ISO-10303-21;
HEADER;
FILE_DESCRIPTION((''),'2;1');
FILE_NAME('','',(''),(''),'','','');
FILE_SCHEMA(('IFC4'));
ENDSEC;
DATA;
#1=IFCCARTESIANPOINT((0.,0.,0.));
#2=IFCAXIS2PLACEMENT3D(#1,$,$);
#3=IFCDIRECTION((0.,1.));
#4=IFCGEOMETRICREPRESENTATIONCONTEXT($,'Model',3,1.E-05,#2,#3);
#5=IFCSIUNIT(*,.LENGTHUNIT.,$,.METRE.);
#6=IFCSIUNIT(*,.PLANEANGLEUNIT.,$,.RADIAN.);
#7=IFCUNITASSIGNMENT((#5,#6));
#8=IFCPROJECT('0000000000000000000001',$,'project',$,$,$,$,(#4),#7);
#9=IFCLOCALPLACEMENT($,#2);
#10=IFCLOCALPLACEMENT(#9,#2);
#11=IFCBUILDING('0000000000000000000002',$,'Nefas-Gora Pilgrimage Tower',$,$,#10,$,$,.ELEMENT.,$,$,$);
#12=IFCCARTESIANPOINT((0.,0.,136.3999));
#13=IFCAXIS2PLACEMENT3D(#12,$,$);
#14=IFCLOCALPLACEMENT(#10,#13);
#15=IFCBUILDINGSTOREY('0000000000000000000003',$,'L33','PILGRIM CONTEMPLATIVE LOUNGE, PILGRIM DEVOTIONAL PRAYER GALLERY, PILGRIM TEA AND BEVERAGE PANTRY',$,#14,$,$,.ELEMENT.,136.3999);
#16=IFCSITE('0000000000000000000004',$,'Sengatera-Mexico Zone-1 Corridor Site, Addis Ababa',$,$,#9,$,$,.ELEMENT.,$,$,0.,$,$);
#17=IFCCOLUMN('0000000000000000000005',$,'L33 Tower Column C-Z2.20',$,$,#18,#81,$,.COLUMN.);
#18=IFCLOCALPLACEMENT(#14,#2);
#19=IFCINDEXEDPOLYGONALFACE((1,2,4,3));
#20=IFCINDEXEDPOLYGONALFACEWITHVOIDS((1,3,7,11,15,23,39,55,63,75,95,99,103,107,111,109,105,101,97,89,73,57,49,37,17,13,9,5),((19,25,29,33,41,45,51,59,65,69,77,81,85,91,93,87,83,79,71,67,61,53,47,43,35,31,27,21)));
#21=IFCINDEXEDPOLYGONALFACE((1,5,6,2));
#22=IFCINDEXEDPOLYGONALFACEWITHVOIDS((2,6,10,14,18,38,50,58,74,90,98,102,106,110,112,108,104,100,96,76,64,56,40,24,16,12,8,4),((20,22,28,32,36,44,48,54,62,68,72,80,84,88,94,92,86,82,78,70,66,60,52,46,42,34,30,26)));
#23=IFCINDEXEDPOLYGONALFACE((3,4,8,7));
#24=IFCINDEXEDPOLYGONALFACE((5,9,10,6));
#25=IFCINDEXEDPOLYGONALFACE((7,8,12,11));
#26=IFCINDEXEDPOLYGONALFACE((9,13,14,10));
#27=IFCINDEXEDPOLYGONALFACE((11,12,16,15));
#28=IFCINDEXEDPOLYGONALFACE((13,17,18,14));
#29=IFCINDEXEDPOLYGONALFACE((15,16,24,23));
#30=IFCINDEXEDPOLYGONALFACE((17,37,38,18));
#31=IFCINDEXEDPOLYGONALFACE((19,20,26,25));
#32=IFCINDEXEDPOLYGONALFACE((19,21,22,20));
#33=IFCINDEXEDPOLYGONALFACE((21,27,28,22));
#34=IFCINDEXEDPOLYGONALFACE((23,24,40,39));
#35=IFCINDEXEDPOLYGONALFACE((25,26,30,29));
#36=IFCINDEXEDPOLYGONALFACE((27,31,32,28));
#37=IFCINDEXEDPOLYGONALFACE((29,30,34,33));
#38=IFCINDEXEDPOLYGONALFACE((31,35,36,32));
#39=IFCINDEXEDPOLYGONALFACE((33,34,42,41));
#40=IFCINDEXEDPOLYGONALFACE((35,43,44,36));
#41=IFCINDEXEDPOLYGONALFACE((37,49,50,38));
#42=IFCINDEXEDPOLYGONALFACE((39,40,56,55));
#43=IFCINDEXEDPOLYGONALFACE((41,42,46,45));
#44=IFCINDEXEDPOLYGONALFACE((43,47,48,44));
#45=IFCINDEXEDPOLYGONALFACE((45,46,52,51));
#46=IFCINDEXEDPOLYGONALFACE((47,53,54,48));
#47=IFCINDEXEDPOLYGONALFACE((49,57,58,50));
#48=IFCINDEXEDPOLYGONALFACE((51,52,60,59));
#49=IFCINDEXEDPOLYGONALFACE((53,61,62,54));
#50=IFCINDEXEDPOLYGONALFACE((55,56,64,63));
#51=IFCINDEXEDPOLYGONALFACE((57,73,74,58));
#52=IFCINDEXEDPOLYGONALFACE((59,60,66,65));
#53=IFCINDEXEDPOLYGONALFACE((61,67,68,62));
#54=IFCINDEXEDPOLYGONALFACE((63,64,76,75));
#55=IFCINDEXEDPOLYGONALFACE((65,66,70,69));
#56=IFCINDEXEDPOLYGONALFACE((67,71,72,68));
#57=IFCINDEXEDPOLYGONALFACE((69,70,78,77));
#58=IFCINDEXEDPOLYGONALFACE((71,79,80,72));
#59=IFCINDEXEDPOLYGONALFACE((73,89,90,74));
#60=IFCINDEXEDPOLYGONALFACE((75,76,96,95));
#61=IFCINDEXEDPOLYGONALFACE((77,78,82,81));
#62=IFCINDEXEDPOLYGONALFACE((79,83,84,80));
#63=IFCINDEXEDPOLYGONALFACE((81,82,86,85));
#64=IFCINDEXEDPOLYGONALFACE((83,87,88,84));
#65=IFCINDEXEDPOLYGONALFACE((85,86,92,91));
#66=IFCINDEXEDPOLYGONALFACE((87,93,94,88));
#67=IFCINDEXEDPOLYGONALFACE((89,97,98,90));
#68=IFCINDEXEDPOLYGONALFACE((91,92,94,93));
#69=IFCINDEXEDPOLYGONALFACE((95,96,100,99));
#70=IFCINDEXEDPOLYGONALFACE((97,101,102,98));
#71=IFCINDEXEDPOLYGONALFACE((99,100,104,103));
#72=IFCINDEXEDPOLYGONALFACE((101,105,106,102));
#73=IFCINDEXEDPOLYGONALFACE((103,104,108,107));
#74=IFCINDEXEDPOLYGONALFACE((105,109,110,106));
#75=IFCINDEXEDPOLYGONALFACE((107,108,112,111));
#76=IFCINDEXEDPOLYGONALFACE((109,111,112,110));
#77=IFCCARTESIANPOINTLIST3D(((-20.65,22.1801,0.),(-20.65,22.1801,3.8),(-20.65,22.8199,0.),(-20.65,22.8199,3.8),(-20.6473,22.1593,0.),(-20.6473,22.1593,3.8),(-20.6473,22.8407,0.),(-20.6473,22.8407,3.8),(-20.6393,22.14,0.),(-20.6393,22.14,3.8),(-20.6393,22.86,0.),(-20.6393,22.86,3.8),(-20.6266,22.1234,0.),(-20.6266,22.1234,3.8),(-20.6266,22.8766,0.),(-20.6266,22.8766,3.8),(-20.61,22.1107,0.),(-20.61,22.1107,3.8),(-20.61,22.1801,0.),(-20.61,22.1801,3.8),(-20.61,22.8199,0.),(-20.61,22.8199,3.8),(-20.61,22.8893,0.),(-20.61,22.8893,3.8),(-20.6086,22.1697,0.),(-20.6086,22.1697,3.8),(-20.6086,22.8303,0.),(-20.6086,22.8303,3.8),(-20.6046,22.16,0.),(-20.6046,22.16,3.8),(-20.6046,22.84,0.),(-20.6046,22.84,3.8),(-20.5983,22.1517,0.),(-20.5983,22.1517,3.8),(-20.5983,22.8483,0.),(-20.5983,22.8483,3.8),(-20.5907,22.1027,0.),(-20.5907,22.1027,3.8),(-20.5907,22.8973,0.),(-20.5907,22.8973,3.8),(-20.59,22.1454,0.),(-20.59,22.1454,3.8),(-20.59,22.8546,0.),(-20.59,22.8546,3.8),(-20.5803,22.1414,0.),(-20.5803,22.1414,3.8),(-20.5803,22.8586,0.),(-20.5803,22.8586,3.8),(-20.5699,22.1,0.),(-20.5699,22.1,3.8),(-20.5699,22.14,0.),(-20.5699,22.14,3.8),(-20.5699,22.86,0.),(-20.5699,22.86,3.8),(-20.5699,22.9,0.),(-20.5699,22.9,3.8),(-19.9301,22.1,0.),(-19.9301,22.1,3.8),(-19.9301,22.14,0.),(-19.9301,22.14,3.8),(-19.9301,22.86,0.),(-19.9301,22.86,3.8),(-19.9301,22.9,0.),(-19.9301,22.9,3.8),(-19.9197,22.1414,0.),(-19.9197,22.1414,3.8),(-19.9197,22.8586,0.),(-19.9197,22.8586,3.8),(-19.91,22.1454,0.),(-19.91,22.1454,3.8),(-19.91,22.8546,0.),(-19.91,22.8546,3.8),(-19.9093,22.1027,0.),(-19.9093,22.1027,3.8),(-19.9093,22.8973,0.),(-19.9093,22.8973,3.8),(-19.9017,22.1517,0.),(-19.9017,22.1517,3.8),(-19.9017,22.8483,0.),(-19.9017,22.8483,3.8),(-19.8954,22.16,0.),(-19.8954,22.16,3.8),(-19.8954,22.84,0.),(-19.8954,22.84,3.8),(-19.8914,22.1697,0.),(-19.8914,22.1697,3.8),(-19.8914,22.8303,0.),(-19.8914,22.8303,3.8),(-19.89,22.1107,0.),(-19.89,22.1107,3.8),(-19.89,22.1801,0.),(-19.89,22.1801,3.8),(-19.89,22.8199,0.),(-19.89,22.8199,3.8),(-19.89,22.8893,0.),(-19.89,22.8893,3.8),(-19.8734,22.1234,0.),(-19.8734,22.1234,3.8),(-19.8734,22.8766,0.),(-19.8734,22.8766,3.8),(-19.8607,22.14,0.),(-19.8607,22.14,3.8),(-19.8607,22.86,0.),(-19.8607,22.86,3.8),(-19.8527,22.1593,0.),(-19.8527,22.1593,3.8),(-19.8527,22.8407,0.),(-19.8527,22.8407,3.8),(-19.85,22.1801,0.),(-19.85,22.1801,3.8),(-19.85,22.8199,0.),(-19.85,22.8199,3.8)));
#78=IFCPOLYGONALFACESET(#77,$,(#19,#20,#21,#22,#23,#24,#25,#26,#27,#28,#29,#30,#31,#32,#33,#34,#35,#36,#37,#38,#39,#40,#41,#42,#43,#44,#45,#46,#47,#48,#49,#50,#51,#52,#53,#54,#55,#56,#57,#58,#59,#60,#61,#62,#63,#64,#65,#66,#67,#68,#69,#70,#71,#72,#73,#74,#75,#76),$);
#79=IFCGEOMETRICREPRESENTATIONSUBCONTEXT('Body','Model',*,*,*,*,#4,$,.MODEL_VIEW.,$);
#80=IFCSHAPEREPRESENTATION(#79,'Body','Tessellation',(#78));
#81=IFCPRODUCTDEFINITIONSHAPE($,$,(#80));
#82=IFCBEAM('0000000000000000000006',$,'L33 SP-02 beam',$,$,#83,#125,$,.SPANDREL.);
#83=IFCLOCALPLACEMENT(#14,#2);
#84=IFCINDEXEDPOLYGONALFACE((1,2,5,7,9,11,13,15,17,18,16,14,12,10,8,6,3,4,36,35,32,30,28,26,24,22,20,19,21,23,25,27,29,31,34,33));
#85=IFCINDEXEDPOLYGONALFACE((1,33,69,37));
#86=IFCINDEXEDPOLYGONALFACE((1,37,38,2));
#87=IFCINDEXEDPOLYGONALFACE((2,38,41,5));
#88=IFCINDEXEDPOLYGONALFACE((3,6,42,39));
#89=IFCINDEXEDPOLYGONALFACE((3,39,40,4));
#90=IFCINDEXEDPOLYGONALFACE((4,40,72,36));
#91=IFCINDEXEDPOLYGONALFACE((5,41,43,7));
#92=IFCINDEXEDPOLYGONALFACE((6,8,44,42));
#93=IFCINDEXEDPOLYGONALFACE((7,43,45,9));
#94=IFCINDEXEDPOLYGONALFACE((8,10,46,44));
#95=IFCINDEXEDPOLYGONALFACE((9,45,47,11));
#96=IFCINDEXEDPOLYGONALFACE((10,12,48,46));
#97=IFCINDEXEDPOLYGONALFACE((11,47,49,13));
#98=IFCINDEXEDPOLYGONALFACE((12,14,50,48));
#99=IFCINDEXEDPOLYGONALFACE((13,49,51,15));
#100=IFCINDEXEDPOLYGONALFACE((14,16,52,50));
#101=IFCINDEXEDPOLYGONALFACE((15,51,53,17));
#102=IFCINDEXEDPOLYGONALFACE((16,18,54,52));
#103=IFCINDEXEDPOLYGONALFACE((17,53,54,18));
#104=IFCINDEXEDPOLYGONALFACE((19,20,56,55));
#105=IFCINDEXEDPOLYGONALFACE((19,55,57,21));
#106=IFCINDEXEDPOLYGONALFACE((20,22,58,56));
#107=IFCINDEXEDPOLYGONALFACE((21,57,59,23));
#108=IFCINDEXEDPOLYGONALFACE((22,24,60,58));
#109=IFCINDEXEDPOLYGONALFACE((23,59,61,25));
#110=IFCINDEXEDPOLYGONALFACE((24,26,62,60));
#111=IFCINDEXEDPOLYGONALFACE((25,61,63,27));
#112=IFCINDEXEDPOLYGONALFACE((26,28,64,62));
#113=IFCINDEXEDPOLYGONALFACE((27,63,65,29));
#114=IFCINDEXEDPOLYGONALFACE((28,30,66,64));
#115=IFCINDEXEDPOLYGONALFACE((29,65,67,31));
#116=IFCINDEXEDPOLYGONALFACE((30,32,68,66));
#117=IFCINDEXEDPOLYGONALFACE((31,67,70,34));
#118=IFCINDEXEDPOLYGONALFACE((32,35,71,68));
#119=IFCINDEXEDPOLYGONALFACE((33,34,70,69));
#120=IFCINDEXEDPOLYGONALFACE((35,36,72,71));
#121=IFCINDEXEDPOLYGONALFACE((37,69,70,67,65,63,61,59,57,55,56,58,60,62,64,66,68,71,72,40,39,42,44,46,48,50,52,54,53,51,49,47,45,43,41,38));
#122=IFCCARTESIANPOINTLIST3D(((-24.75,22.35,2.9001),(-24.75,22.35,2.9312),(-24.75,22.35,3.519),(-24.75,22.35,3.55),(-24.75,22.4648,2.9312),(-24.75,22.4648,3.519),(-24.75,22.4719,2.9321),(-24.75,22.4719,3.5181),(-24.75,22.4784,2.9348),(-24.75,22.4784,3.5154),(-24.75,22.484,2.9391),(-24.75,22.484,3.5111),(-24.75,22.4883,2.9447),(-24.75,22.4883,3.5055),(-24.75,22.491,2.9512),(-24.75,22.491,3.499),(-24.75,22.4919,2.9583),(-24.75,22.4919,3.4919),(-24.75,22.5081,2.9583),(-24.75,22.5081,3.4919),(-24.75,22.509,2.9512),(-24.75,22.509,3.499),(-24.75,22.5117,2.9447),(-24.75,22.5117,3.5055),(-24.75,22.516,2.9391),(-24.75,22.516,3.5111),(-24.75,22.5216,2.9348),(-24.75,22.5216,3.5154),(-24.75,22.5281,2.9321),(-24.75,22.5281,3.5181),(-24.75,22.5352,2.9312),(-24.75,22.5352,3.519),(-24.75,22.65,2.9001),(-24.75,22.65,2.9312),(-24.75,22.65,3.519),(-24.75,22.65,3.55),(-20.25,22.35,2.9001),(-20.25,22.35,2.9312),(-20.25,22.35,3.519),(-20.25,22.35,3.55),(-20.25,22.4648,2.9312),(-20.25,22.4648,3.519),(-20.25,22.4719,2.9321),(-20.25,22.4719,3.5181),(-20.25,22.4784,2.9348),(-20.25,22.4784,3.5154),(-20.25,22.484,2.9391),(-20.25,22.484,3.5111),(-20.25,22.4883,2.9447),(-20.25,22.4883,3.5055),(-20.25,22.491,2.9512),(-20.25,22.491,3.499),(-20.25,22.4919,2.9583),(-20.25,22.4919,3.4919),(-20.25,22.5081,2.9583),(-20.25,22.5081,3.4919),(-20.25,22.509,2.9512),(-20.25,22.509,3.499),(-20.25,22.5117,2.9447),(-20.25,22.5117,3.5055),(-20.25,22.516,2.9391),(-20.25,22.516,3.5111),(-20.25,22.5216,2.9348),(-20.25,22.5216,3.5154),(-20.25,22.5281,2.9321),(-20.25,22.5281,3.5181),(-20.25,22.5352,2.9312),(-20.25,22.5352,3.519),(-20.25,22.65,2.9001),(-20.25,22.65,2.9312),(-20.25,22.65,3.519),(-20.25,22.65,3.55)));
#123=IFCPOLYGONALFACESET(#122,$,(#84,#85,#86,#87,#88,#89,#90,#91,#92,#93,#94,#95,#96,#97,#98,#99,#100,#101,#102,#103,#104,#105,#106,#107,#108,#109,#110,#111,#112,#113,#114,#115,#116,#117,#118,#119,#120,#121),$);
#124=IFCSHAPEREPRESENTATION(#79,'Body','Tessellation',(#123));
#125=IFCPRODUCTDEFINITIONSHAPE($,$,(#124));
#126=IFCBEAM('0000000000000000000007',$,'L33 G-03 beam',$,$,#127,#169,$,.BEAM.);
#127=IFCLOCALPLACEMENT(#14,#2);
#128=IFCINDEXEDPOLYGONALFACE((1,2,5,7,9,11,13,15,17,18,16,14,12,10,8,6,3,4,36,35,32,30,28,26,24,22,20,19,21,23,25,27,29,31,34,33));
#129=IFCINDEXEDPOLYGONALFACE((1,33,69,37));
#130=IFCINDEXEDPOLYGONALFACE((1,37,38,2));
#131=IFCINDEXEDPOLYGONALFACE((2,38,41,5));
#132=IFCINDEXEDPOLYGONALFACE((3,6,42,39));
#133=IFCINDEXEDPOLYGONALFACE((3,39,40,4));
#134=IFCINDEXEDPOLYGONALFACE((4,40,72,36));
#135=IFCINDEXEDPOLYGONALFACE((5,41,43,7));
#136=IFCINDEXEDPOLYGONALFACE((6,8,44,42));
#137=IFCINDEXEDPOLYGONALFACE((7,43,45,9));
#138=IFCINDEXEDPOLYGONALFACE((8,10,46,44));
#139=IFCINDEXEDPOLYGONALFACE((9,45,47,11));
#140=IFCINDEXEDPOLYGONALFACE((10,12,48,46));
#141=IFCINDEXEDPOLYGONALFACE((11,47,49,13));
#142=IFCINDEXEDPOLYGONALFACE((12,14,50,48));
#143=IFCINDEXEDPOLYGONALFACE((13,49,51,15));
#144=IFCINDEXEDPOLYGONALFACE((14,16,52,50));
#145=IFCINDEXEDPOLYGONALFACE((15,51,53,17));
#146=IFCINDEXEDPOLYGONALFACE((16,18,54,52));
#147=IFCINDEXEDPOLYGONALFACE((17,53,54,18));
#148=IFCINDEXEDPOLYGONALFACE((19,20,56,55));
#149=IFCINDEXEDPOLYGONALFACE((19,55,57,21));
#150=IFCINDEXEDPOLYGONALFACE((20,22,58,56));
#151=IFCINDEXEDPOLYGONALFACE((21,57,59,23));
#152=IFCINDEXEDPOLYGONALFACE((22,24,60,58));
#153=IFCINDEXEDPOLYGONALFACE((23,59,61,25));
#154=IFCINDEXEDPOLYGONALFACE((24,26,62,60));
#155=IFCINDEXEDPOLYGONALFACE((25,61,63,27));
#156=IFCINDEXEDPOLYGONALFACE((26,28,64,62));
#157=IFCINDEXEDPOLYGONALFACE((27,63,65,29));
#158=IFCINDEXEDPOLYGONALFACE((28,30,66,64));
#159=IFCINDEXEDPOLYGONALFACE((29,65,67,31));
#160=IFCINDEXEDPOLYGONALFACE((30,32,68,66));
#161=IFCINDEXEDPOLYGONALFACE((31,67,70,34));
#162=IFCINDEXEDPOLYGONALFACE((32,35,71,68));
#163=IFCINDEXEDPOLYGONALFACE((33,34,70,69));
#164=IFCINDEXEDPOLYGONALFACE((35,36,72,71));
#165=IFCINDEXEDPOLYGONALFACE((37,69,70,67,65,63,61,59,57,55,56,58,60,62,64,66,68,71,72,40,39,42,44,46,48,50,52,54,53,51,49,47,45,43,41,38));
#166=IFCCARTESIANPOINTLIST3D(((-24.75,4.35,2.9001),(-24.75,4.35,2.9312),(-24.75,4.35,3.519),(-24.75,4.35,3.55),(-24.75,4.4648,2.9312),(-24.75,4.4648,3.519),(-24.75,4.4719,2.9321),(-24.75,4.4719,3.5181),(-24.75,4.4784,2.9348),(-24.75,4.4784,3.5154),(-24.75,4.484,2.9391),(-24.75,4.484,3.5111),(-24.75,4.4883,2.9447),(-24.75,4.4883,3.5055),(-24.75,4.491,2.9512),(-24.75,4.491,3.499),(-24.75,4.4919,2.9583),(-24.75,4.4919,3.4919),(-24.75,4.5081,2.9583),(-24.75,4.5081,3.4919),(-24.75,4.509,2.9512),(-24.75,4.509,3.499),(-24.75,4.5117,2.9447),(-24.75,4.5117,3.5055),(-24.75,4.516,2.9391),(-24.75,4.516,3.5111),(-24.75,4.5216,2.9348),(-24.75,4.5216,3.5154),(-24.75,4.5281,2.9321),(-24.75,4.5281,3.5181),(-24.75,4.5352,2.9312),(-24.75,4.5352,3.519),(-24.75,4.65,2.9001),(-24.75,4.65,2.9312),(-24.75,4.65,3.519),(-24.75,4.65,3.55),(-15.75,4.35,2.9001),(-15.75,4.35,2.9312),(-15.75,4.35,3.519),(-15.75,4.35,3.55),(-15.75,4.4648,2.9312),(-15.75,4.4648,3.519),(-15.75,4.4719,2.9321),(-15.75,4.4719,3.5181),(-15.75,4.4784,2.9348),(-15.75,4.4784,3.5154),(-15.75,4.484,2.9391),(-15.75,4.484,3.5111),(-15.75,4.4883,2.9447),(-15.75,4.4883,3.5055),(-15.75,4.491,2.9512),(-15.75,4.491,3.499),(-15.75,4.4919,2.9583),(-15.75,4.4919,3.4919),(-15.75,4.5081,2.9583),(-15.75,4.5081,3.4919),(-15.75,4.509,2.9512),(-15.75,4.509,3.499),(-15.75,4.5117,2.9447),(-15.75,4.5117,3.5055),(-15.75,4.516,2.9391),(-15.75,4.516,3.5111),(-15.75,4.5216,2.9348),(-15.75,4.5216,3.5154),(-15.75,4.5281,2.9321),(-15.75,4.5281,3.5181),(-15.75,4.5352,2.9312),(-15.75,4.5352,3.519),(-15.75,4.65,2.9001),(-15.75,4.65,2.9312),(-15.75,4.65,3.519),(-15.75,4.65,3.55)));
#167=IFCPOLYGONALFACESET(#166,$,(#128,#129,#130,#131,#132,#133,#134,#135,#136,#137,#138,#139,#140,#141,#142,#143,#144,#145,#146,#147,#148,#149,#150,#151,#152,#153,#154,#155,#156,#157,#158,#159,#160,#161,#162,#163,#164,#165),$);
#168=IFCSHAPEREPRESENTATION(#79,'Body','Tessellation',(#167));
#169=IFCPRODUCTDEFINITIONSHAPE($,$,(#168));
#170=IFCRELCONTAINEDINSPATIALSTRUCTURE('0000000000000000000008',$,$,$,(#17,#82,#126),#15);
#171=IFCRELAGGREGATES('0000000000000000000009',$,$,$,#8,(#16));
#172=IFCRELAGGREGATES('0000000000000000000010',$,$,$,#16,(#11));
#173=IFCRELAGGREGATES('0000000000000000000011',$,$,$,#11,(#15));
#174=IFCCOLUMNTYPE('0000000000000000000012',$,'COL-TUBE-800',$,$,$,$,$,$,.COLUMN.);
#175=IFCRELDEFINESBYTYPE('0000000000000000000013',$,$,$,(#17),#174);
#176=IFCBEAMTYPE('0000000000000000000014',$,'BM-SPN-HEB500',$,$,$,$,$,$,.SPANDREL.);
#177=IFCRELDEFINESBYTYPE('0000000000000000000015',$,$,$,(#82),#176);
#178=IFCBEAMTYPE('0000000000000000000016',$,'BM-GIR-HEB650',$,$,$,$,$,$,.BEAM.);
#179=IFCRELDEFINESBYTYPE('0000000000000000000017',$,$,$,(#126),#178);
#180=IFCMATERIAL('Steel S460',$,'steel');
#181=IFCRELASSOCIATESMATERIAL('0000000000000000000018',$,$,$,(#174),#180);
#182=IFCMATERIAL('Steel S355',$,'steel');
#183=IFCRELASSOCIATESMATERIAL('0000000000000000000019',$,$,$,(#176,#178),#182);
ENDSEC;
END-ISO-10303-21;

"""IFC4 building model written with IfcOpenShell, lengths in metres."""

from ifc_helpers import new_model, si_unit, direction, frame, origin, origin_2d, place, context, subcontext, project, spatial, hollow_rectangle, i_section, extrude, source, transform, mapped, material, material_profile, profile_set, type_object, element, save


model = new_model("IFC4")

# Units and contexts
model_context = context("Model", 3, precision=1e-05, world=origin(), true_north=direction((0.0, 1.0)))
body_context = subcontext(model_context, "Body", "Model", "MODEL_VIEW")
ifc_project = project(units=[si_unit("LENGTHUNIT", "METRE"), si_unit("PLANEANGLEUNIT", "RADIAN")], contexts=[model_context])

# Site, building, storey
site_placement = place(None, origin())
site = spatial("IfcSite", under=ifc_project, at=site_placement, Name="Sengatera-Mexico Zone-1 Corridor Site, Addis Ababa", CompositionType="ELEMENT", RefElevation=0.0)
building_placement = place(site_placement, origin())
building = spatial("IfcBuilding", under=site, at=building_placement, Name="Nefas-Gora Pilgrimage Tower", CompositionType="ELEMENT")
storey_placement = place(building_placement, frame((0.0, 0.0, 136.3999)))
storey = spatial("IfcBuildingStorey", under=building, at=storey_placement, Name="L33", Description="PILGRIM CONTEMPLATIVE LOUNGE, PILGRIM DEVOTIONAL PRAYER GALLERY, PILGRIM TEA AND BEVERAGE PANTRY", CompositionType="ELEMENT", Elevation=136.3999)

# Column
ifc_material_1 = material(Name="Steel S460", Category="steel")
ifc_material_profile_1 = material_profile(ifc_material_1, hollow_rectangle(XDim=0.8, YDim=0.8, WallThickness=0.04, InnerFilletRadius=0.04, OuterFilletRadius=0.0801, at=origin_2d()), Name="BOX 800x800x40")
ifc_profile_set_1 = profile_set([ifc_material_profile_1], Name="Steel S460")
column_type_1 = type_object("IfcColumnType", Name="COL-TUBE-800", PredefinedType="COLUMN", material=ifc_profile_set_1)
shared_shape_1 = source(origin(), body_context, "Body", "SweptSolid", [
    extrude(hollow_rectangle(XDim=0.8, YDim=0.8, WallThickness=0.04, InnerFilletRadius=0.04, OuterFilletRadius=0.0801, at=origin_2d()), origin(), (0.0, 0.0, 1.0), 3.8),
])
for number, where, z_axis, x_axis, name in (
    (1, (-20.25, 22.5, 0.0), (0.0, 0.0, 1.0), (1.0, 0.0, 0.0), "L33 Tower Column C-Z2.20"),
):
    element("IfcColumn", number, at=place(storey_placement, frame(where, z_axis=z_axis, x_axis=x_axis)), inside=storey, type_object=column_type_1, Name=name, PredefinedType="COLUMN", context=body_context, shape_type="MappedRepresentation", body=[
        mapped(shared_shape_1, transform((0.0, 0.0, 0.0), x_axis=(1.0, 0.0, 0.0), y_axis=(0.0, 1.0, 0.0), z_axis=(0.0, 0.0, 1.0), scale=1.0)),
    ])

# Beams
ifc_material_2 = material(Name="Steel S355", Category="steel")
ifc_material_profile_2 = material_profile(ifc_material_2, i_section(OverallWidth=0.3, OverallDepth=0.6499, WebThickness=0.0161, FlangeThickness=0.031, FilletRadius=0.0271, at=origin_2d()), Name="HEB 650")
ifc_profile_set_2 = profile_set([ifc_material_profile_2], Name="Steel S355")
beam_type_1 = type_object("IfcBeamType", Name="BM-SPN-HEB500", PredefinedType="SPANDREL", material=ifc_profile_set_2)
shared_shape_2 = source(origin(), body_context, "Body", "SweptSolid", [
    extrude(i_section(OverallWidth=0.3, OverallDepth=0.6499, WebThickness=0.0161, FlangeThickness=0.031, FilletRadius=0.0271, at=origin_2d()), origin(), (0.0, 0.0, 1.0), 4.5),
])
beam_placement = place(storey_placement, frame((-24.75, 22.5, 3.2251), z_axis=(1.0, 0.0, 0.0), x_axis=(0.0, 1.0, 0.0)))
element("IfcBeam", 2, at=beam_placement, inside=storey, type_object=beam_type_1, Name="L33 SP-02 beam", PredefinedType="SPANDREL", context=body_context, shape_type="MappedRepresentation", body=[
    mapped(shared_shape_2, transform((0.0, 0.0, 0.0), x_axis=(1.0, 0.0, 0.0), y_axis=(0.0, 1.0, 0.0), z_axis=(0.0, 0.0, 1.0), scale=1.0)),
])
ifc_material_profile_3 = material_profile(ifc_material_2, i_section(OverallWidth=0.3, OverallDepth=0.6499, WebThickness=0.0161, FlangeThickness=0.031, FilletRadius=0.0271, at=origin_2d()), Name="HEB 650")
ifc_profile_set_3 = profile_set([ifc_material_profile_3], Name="Steel S355")
beam_type_2 = type_object("IfcBeamType", Name="BM-GIR-HEB650", PredefinedType="BEAM", material=ifc_profile_set_3)
shared_shape_3 = source(origin(), body_context, "Body", "SweptSolid", [
    extrude(i_section(OverallWidth=0.3, OverallDepth=0.6499, WebThickness=0.0161, FlangeThickness=0.031, FilletRadius=0.0271, at=origin_2d()), origin(), (0.0, 0.0, 1.0), 9.0),
])
for number, where, z_axis, x_axis, name in (
    (3, (-24.75, 4.5, 3.2251), (1.0, 0.0, 0.0), (0.0, 1.0, 0.0), "L33 G-03 beam"),
):
    element("IfcBeam", number, at=place(storey_placement, frame(where, z_axis=z_axis, x_axis=x_axis)), inside=storey, type_object=beam_type_2, Name=name, PredefinedType="BEAM", context=body_context, shape_type="MappedRepresentation", body=[
        mapped(shared_shape_3, transform((0.0, 0.0, 0.0), x_axis=(1.0, 0.0, 0.0), y_axis=(0.0, 1.0, 0.0), z_axis=(0.0, 0.0, 1.0), scale=1.0)),
    ])

save(model, "model.ifc")
